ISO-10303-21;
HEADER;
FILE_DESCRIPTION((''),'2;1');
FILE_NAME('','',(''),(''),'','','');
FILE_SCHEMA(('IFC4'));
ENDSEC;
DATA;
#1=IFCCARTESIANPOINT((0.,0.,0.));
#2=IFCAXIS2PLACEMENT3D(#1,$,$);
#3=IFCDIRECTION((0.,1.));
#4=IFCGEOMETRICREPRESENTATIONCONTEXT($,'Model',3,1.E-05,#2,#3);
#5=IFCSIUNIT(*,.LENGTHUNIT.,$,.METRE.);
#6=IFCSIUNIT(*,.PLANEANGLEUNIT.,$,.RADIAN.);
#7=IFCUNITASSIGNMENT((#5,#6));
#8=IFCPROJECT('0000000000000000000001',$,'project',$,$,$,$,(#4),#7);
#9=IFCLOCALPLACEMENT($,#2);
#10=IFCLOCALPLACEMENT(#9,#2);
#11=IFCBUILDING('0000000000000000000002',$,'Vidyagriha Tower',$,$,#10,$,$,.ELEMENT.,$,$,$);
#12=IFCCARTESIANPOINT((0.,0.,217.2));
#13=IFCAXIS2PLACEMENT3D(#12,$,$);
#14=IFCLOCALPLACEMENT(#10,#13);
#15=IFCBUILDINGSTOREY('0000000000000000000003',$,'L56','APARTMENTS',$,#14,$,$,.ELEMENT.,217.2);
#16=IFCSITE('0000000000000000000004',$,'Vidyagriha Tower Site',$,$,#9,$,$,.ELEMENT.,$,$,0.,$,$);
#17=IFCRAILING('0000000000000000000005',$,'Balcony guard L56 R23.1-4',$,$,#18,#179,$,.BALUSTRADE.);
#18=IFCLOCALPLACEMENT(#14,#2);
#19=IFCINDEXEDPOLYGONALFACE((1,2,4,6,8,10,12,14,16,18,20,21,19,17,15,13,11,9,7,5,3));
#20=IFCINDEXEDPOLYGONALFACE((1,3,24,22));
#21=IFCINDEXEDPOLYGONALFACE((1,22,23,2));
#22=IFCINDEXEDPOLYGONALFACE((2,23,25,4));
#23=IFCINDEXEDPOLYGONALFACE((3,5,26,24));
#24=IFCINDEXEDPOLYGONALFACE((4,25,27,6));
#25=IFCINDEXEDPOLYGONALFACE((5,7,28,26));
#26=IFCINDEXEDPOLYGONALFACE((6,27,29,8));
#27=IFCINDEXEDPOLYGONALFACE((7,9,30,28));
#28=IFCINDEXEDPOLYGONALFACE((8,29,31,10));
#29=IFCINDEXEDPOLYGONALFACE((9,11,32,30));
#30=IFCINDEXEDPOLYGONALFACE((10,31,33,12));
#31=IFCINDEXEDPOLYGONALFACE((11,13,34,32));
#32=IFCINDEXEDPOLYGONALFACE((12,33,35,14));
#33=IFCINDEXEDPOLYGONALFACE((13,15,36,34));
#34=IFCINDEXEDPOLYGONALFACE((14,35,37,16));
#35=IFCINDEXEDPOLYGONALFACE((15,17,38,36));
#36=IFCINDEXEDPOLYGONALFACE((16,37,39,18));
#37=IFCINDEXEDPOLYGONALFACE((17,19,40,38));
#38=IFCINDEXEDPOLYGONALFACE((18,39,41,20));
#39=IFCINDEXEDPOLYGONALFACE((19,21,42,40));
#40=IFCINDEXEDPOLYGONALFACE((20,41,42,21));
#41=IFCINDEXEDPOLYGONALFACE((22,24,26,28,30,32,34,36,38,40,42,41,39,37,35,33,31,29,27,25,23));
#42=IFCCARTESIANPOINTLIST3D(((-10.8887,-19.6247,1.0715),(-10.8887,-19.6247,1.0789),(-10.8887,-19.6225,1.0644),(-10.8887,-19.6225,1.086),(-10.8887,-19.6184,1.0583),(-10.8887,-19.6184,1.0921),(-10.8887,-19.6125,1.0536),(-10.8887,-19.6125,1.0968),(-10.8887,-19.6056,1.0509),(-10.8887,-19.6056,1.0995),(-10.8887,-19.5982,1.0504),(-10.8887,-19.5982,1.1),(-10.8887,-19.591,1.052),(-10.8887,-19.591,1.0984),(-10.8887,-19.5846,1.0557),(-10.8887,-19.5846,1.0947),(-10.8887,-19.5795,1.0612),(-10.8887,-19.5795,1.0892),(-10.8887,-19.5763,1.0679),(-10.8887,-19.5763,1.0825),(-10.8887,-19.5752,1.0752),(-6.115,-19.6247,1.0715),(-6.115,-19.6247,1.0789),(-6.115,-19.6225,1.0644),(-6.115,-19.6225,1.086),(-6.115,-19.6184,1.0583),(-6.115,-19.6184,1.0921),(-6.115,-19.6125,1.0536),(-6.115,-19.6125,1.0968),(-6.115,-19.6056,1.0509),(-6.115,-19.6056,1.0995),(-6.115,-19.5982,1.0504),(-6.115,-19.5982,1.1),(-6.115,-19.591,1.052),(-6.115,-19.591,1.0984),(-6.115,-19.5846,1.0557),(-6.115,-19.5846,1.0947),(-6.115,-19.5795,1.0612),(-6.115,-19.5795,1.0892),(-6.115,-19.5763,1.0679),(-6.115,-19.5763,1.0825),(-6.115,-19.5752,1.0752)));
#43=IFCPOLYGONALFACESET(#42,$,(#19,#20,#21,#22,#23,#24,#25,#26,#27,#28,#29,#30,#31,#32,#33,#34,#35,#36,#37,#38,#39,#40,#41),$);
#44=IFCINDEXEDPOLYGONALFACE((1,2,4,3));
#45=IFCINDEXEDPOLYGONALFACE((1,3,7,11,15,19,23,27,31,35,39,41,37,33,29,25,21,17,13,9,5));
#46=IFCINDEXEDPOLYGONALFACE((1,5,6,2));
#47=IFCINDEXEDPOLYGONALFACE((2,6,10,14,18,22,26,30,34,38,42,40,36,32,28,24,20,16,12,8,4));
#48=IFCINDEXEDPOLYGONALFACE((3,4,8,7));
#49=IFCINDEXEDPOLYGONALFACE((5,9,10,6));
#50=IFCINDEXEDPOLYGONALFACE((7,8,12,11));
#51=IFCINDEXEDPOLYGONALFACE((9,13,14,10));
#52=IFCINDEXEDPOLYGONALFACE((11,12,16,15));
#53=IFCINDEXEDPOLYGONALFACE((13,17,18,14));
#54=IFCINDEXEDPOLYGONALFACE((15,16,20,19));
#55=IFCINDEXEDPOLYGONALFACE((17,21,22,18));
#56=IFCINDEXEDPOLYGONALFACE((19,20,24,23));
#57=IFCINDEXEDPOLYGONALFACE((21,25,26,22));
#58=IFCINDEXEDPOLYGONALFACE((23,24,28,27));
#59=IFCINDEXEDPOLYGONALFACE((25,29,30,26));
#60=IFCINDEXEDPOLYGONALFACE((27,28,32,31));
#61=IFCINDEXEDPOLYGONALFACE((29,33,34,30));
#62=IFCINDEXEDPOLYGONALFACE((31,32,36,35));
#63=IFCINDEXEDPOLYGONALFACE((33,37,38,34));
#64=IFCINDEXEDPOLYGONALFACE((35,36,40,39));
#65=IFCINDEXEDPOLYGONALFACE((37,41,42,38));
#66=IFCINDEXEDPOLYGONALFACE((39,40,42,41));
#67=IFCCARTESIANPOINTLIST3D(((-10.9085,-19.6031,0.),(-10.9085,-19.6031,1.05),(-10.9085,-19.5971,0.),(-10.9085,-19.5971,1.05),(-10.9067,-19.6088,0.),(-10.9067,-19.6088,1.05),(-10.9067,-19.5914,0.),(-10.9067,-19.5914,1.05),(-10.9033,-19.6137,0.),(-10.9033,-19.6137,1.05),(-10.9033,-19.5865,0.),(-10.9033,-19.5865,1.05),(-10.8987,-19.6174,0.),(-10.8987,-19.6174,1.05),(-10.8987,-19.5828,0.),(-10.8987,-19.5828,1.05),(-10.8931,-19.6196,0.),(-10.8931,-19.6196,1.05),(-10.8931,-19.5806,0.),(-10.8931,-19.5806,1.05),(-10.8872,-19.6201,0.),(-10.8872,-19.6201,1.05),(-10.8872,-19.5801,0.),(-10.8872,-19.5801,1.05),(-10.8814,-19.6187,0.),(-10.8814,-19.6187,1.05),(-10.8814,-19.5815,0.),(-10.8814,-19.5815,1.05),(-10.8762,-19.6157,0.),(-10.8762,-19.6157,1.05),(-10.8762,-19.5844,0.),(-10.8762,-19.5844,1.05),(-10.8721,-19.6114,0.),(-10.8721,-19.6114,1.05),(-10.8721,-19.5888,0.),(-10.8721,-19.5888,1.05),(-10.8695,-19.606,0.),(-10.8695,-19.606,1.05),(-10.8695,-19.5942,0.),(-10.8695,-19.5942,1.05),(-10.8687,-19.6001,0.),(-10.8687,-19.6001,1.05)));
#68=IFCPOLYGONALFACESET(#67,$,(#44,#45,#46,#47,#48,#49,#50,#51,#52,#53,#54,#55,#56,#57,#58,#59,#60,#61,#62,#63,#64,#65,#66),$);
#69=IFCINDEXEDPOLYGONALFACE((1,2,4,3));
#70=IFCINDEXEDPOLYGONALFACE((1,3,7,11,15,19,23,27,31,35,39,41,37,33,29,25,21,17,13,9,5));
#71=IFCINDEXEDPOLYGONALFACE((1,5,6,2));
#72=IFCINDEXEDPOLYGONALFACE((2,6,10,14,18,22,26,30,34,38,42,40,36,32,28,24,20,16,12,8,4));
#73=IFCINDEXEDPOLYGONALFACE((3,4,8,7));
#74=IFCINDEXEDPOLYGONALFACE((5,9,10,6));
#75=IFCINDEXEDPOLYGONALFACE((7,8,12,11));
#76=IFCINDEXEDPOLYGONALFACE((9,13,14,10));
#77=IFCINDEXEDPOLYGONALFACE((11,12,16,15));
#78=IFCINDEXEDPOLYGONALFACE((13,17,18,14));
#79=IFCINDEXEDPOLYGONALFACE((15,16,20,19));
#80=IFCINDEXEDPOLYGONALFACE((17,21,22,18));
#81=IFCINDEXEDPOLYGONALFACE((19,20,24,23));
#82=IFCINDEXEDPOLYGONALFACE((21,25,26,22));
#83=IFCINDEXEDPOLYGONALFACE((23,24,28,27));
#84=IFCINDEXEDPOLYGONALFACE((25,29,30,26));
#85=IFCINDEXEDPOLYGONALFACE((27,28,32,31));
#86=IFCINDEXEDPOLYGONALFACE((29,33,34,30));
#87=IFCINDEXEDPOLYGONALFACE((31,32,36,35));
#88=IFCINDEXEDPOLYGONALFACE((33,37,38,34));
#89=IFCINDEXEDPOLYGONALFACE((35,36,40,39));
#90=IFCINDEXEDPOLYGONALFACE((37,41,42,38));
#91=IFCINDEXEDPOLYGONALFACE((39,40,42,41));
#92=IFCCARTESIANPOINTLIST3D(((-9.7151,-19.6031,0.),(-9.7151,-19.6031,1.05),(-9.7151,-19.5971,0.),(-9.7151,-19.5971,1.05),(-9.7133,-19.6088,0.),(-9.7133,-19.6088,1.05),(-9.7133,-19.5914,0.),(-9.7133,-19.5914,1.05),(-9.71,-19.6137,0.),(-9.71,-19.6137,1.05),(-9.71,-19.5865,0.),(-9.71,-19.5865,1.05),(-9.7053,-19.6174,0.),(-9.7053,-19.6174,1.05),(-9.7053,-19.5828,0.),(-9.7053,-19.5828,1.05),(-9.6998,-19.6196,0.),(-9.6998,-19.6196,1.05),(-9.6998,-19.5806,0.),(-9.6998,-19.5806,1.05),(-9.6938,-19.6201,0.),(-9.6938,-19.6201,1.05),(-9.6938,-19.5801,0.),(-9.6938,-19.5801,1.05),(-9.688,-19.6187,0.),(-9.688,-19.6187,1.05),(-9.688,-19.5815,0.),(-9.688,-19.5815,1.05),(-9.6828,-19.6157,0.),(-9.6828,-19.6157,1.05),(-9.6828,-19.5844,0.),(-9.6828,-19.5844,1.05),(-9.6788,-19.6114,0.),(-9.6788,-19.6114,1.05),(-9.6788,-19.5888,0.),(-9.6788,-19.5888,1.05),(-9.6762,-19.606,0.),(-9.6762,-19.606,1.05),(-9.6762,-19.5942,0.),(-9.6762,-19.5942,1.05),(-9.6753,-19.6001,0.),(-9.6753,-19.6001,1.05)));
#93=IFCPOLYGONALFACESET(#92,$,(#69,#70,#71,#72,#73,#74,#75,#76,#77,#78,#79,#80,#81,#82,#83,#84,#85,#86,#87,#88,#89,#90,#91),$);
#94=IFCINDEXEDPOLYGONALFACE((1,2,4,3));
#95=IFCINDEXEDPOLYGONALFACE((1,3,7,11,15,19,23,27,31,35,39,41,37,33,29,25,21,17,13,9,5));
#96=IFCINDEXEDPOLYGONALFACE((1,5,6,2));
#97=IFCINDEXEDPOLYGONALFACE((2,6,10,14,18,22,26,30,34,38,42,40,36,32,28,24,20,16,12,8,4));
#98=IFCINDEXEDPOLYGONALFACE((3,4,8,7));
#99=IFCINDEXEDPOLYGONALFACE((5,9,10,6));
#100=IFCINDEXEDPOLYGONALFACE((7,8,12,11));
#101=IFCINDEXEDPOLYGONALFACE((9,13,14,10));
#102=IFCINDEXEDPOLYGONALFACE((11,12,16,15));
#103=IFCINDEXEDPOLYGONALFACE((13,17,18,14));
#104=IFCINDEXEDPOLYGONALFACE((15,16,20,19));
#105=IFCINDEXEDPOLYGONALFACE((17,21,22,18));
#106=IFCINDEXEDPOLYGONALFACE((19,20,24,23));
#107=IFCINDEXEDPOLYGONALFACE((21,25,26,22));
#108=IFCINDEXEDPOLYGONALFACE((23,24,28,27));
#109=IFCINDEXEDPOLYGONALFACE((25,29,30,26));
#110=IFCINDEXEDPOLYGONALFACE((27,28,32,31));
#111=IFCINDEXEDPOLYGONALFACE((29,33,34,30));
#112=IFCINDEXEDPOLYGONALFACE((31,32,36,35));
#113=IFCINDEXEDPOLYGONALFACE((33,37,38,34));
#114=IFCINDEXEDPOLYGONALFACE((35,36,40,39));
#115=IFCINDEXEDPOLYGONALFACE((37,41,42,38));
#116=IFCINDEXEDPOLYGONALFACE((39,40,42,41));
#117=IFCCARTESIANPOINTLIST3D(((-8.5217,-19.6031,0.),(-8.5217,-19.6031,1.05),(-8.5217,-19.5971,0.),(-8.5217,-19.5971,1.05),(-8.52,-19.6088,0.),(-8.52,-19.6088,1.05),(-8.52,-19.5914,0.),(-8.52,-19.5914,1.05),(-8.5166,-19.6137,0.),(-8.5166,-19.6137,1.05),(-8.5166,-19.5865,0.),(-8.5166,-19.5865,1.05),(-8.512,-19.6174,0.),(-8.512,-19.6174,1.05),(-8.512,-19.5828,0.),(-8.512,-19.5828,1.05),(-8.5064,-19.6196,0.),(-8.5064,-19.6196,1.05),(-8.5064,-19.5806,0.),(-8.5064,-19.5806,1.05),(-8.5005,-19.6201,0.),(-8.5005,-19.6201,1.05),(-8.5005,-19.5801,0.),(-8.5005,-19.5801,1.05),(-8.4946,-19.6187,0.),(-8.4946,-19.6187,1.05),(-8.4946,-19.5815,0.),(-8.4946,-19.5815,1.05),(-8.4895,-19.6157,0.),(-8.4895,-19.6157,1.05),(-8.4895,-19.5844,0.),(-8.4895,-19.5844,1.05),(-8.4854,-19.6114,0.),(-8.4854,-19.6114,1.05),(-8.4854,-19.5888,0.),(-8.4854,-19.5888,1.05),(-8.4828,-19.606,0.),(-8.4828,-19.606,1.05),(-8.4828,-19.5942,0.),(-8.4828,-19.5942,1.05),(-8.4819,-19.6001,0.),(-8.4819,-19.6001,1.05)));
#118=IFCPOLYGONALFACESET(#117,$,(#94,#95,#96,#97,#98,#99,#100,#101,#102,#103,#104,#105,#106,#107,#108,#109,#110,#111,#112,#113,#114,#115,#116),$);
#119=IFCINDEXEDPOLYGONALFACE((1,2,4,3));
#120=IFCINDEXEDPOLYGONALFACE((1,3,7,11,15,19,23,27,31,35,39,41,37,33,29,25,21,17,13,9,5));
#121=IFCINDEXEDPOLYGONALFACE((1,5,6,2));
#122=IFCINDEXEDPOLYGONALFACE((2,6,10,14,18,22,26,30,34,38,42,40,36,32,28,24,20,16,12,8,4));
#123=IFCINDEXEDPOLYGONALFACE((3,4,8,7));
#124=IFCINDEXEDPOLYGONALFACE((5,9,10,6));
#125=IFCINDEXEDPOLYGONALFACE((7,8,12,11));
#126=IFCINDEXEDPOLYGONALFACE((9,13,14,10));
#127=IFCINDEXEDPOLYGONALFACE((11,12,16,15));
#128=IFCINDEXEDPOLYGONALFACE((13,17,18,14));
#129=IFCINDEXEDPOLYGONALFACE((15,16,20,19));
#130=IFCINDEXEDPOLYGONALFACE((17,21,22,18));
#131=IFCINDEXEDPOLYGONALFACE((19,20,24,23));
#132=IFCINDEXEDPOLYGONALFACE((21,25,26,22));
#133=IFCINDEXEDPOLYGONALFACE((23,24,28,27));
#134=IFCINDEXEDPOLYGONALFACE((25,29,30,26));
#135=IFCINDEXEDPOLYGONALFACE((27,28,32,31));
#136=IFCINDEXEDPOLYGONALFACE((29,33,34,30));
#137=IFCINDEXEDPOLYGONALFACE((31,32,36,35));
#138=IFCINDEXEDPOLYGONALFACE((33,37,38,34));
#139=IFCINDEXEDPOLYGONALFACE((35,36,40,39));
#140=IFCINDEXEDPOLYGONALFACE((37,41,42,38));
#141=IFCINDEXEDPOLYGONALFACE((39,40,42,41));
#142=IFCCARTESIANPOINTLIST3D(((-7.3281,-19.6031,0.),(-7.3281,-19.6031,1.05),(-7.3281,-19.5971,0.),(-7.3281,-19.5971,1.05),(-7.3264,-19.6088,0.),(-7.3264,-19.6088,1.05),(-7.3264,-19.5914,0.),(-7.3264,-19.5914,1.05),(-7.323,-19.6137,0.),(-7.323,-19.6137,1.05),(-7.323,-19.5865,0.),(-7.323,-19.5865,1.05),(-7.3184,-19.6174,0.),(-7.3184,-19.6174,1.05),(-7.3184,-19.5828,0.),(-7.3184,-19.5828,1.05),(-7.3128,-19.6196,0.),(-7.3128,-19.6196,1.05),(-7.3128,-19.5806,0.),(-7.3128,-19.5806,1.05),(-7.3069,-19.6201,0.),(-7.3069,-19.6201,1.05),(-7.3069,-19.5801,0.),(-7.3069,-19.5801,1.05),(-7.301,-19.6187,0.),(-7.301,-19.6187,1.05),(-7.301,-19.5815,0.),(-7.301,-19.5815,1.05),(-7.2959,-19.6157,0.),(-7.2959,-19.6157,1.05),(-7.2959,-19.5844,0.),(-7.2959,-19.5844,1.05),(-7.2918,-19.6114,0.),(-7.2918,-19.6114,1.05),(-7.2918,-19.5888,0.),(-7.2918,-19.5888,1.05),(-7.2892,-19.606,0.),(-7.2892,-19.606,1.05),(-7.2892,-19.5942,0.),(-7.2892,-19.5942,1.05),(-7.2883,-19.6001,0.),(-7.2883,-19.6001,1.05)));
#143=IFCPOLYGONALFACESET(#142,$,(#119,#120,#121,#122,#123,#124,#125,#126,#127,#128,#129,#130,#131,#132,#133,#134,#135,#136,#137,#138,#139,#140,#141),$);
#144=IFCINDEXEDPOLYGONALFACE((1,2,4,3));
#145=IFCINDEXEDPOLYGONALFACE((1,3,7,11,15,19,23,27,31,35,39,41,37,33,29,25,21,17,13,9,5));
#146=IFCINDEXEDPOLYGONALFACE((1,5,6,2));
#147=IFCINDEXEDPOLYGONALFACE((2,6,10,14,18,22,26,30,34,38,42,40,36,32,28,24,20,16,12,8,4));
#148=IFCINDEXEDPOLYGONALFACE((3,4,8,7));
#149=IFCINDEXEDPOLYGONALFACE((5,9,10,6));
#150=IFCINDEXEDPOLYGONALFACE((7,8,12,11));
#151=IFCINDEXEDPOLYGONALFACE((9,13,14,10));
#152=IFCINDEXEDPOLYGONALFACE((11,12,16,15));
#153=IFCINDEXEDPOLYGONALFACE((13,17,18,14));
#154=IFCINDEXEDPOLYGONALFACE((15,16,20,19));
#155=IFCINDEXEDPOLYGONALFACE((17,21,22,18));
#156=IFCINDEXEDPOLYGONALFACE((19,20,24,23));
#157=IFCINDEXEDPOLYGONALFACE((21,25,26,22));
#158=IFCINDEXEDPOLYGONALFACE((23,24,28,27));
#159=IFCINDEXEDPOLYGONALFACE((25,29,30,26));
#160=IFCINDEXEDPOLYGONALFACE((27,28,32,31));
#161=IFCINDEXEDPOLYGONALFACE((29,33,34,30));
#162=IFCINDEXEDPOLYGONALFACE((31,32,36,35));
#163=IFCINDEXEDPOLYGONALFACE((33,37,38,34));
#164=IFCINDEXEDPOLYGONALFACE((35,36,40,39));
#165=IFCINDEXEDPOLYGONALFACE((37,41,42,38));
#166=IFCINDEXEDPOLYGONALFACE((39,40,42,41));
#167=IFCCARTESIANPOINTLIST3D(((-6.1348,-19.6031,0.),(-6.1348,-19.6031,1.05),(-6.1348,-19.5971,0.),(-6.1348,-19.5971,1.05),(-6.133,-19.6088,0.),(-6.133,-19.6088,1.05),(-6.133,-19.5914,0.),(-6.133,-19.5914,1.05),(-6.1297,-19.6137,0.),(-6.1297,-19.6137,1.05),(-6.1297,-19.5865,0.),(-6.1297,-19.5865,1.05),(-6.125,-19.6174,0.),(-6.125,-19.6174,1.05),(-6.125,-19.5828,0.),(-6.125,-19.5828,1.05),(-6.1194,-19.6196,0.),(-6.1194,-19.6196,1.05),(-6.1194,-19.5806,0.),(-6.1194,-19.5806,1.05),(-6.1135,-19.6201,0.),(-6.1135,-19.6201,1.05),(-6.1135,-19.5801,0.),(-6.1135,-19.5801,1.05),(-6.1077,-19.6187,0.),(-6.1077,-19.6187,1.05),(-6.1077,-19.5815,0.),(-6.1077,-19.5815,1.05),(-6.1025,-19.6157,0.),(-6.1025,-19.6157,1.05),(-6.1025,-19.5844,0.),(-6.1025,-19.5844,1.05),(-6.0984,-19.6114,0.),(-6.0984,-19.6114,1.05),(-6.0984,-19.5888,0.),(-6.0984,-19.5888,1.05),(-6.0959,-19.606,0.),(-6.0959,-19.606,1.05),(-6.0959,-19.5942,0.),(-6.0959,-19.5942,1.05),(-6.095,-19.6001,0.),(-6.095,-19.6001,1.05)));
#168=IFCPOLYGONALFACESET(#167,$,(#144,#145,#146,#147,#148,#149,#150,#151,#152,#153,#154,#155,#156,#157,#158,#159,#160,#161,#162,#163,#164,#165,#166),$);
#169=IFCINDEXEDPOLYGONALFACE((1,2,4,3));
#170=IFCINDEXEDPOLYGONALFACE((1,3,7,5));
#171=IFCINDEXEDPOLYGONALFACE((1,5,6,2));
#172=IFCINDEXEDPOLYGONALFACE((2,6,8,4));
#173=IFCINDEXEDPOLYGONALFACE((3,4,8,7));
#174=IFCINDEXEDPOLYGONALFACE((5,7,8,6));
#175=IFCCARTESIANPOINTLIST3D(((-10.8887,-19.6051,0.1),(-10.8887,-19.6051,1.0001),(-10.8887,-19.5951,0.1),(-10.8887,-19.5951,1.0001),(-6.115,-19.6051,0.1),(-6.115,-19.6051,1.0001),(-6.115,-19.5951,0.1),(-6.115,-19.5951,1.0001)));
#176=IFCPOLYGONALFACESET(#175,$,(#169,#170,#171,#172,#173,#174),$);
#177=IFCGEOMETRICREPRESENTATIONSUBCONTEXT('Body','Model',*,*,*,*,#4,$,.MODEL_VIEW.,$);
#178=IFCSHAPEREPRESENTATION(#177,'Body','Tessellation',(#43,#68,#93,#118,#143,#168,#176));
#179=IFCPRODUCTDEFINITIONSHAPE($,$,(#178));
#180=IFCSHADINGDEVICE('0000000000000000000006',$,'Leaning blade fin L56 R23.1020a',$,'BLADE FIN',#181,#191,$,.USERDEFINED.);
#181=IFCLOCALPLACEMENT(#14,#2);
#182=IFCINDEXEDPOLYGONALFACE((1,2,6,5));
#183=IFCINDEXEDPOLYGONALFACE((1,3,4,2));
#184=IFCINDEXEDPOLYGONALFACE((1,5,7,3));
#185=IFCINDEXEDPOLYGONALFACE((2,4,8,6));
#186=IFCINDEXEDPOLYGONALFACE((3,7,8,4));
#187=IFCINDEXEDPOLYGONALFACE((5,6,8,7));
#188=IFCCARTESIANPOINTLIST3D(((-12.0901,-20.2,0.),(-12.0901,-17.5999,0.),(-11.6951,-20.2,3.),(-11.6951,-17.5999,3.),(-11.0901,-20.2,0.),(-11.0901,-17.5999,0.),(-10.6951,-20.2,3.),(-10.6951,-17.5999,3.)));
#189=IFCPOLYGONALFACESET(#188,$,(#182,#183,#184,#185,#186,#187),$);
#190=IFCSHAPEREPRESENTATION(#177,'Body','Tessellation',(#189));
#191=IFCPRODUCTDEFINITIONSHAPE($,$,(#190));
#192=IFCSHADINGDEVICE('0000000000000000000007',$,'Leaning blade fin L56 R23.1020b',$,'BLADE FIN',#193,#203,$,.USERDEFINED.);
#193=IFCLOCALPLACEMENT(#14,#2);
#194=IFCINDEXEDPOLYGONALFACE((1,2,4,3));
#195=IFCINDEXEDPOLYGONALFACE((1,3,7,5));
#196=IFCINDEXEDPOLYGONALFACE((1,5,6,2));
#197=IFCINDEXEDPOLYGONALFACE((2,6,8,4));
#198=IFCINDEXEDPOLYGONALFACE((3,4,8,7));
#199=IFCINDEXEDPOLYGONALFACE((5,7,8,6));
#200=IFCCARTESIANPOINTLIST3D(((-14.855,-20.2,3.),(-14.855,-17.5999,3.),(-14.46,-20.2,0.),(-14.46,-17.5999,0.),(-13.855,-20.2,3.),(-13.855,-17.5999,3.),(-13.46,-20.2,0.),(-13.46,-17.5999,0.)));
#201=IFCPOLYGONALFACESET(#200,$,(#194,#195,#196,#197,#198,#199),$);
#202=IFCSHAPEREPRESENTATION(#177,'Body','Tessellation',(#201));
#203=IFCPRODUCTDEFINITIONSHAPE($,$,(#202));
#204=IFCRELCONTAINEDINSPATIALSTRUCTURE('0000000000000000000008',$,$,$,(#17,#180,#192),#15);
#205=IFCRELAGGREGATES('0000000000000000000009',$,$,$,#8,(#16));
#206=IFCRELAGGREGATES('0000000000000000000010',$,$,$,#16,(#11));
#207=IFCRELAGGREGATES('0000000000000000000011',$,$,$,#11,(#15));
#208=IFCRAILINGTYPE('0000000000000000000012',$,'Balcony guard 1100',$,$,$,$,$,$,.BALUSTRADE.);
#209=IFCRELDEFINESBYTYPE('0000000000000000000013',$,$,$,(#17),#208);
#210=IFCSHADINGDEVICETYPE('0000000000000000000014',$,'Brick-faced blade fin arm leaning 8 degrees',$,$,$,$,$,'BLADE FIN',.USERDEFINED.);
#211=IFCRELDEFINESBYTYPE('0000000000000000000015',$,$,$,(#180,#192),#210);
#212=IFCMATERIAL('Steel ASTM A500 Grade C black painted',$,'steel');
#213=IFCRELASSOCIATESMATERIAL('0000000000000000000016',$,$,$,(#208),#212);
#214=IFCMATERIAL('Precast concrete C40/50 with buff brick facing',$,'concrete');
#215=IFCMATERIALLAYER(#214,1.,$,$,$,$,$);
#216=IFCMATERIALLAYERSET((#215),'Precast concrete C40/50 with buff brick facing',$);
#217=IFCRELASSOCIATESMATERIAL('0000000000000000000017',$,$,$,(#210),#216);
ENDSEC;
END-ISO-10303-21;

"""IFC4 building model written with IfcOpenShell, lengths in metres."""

from ifc_helpers import new_model, si_unit, direction, frame, origin, origin_2d, place, context, subcontext, project, spatial, polyline, rectangle, circle, outline, extrude, material, layer, layer_set, type_object, element, save


model = new_model("IFC4")

# Units and contexts
model_context = context("Model", 3, precision=1e-05, world=origin(), true_north=direction((0.0, 1.0)))
body_context = subcontext(model_context, "Body", "Model", "MODEL_VIEW")
ifc_project = project(units=[si_unit("LENGTHUNIT", "METRE"), si_unit("PLANEANGLEUNIT", "RADIAN")], contexts=[model_context])

# Site, building, storey
site_placement = place(None, origin())
site = spatial("IfcSite", under=ifc_project, at=site_placement, Name="Vidyagriha Tower Site", CompositionType="ELEMENT", RefElevation=0.0)
building_placement = place(site_placement, origin())
building = spatial("IfcBuilding", under=site, at=building_placement, Name="Vidyagriha Tower", CompositionType="ELEMENT")
storey_placement = place(building_placement, frame((0.0, 0.0, 217.2)))
storey = spatial("IfcBuildingStorey", under=building, at=storey_placement, Name="L56", Description="APARTMENTS", CompositionType="ELEMENT", Elevation=217.2)

# Railing
ifc_material_1 = material(Name="Steel ASTM A500 Grade C black painted", Category="steel")
railing_type = type_object("IfcRailingType", Name="Balcony guard 1100", PredefinedType="BALUSTRADE", material=ifc_material_1)
railing_1_placement = place(storey_placement, frame((-10.8887, -19.6001, 0.0)))
element("IfcRailing", 1, at=railing_1_placement, inside=storey, type_object=railing_type, Name="Balcony guard L56 R23.1-4", PredefinedType="BALUSTRADE", context=body_context, shape_type="SweptSolid", body=[
    extrude(circle(Radius=0.0249, at=origin_2d()), frame((0.0, 0.0, 1.0752), z_axis=(1.0, 0.0, 0.0), x_axis=(0.0, 1.0, 0.0)), (0.0, 0.0, 1.0), 4.7737),
    extrude(circle(Radius=0.02, at=origin_2d()), origin(), (0.0, 0.0, 1.0), 1.05),
    extrude(circle(Radius=0.02, at=origin_2d()), frame((1.1934, 0.0, 0.0)), (0.0, 0.0, 1.0), 1.05),
    extrude(circle(Radius=0.02, at=origin_2d()), frame((2.3867, 0.0, 0.0)), (0.0, 0.0, 1.0), 1.05),
    extrude(circle(Radius=0.02, at=origin_2d()), frame((3.5803, 0.0, 0.0)), (0.0, 0.0, 1.0), 1.05),
    extrude(circle(Radius=0.02, at=origin_2d()), frame((4.7737, 0.0, 0.0)), (0.0, 0.0, 1.0), 1.05),
    extrude(rectangle(XDim=0.01, YDim=0.9001, at=origin_2d()), frame((0.0, 0.0, 0.55), z_axis=(1.0, 0.0, 0.0), x_axis=(0.0, 1.0, 0.0)), (0.0, 0.0, 1.0), 4.7737),
])

# Shading devices
ifc_material_2 = material(Name="Precast concrete C40/50 with buff brick facing", Category="concrete")
ifc_layer_1 = layer(ifc_material_2, 1.0)
ifc_layer_set_1 = layer_set([ifc_layer_1], Name="Precast concrete C40/50 with buff brick facing")
shading_device_type_1 = type_object("IfcShadingDeviceType", Name="Brick-faced blade fin arm leaning 8 degrees", ElementType="BLADE FIN", PredefinedType="USERDEFINED", material=ifc_layer_set_1)
shading_device_1_placement = place(storey_placement, frame((-12.0901, -18.8999, 0.0)))
element("IfcShadingDevice", 2, at=shading_device_1_placement, inside=storey, type_object=shading_device_type_1, Name="Leaning blade fin L56 R23.1020a", ObjectType="BLADE FIN", PredefinedType="USERDEFINED", context=body_context, shape_type="SweptSolid", body=[
    extrude(outline(polyline([(0.0, 0.0), (1.0, 0.0), (1.395, 3.0), (0.395, 3.0), (0.0, 0.0)])), frame((0.0, 1.3, 0.0), z_axis=(0.0, -1.0, 0.0), x_axis=(1.0, 0.0, 0.0)), (0.0, 0.0, 1.0), 2.6001),
])
shading_device_2_placement = place(storey_placement, frame((-14.855, -18.8999, 0.0)))
element("IfcShadingDevice", 3, at=shading_device_2_placement, inside=storey, type_object=shading_device_type_1, Name="Leaning blade fin L56 R23.1020b", ObjectType="BLADE FIN", PredefinedType="USERDEFINED", context=body_context, shape_type="SweptSolid", body=[
    extrude(outline(polyline([(0.395, 0.0), (1.395, 0.0), (1.0, 3.0), (0.0, 3.0), (0.395, 0.0)])), frame((0.0, 1.3, 0.0), z_axis=(0.0, -1.0, 0.0), x_axis=(1.0, 0.0, 0.0)), (0.0, 0.0, 1.0), 2.6001),
])

save(model, "model.ifc")
